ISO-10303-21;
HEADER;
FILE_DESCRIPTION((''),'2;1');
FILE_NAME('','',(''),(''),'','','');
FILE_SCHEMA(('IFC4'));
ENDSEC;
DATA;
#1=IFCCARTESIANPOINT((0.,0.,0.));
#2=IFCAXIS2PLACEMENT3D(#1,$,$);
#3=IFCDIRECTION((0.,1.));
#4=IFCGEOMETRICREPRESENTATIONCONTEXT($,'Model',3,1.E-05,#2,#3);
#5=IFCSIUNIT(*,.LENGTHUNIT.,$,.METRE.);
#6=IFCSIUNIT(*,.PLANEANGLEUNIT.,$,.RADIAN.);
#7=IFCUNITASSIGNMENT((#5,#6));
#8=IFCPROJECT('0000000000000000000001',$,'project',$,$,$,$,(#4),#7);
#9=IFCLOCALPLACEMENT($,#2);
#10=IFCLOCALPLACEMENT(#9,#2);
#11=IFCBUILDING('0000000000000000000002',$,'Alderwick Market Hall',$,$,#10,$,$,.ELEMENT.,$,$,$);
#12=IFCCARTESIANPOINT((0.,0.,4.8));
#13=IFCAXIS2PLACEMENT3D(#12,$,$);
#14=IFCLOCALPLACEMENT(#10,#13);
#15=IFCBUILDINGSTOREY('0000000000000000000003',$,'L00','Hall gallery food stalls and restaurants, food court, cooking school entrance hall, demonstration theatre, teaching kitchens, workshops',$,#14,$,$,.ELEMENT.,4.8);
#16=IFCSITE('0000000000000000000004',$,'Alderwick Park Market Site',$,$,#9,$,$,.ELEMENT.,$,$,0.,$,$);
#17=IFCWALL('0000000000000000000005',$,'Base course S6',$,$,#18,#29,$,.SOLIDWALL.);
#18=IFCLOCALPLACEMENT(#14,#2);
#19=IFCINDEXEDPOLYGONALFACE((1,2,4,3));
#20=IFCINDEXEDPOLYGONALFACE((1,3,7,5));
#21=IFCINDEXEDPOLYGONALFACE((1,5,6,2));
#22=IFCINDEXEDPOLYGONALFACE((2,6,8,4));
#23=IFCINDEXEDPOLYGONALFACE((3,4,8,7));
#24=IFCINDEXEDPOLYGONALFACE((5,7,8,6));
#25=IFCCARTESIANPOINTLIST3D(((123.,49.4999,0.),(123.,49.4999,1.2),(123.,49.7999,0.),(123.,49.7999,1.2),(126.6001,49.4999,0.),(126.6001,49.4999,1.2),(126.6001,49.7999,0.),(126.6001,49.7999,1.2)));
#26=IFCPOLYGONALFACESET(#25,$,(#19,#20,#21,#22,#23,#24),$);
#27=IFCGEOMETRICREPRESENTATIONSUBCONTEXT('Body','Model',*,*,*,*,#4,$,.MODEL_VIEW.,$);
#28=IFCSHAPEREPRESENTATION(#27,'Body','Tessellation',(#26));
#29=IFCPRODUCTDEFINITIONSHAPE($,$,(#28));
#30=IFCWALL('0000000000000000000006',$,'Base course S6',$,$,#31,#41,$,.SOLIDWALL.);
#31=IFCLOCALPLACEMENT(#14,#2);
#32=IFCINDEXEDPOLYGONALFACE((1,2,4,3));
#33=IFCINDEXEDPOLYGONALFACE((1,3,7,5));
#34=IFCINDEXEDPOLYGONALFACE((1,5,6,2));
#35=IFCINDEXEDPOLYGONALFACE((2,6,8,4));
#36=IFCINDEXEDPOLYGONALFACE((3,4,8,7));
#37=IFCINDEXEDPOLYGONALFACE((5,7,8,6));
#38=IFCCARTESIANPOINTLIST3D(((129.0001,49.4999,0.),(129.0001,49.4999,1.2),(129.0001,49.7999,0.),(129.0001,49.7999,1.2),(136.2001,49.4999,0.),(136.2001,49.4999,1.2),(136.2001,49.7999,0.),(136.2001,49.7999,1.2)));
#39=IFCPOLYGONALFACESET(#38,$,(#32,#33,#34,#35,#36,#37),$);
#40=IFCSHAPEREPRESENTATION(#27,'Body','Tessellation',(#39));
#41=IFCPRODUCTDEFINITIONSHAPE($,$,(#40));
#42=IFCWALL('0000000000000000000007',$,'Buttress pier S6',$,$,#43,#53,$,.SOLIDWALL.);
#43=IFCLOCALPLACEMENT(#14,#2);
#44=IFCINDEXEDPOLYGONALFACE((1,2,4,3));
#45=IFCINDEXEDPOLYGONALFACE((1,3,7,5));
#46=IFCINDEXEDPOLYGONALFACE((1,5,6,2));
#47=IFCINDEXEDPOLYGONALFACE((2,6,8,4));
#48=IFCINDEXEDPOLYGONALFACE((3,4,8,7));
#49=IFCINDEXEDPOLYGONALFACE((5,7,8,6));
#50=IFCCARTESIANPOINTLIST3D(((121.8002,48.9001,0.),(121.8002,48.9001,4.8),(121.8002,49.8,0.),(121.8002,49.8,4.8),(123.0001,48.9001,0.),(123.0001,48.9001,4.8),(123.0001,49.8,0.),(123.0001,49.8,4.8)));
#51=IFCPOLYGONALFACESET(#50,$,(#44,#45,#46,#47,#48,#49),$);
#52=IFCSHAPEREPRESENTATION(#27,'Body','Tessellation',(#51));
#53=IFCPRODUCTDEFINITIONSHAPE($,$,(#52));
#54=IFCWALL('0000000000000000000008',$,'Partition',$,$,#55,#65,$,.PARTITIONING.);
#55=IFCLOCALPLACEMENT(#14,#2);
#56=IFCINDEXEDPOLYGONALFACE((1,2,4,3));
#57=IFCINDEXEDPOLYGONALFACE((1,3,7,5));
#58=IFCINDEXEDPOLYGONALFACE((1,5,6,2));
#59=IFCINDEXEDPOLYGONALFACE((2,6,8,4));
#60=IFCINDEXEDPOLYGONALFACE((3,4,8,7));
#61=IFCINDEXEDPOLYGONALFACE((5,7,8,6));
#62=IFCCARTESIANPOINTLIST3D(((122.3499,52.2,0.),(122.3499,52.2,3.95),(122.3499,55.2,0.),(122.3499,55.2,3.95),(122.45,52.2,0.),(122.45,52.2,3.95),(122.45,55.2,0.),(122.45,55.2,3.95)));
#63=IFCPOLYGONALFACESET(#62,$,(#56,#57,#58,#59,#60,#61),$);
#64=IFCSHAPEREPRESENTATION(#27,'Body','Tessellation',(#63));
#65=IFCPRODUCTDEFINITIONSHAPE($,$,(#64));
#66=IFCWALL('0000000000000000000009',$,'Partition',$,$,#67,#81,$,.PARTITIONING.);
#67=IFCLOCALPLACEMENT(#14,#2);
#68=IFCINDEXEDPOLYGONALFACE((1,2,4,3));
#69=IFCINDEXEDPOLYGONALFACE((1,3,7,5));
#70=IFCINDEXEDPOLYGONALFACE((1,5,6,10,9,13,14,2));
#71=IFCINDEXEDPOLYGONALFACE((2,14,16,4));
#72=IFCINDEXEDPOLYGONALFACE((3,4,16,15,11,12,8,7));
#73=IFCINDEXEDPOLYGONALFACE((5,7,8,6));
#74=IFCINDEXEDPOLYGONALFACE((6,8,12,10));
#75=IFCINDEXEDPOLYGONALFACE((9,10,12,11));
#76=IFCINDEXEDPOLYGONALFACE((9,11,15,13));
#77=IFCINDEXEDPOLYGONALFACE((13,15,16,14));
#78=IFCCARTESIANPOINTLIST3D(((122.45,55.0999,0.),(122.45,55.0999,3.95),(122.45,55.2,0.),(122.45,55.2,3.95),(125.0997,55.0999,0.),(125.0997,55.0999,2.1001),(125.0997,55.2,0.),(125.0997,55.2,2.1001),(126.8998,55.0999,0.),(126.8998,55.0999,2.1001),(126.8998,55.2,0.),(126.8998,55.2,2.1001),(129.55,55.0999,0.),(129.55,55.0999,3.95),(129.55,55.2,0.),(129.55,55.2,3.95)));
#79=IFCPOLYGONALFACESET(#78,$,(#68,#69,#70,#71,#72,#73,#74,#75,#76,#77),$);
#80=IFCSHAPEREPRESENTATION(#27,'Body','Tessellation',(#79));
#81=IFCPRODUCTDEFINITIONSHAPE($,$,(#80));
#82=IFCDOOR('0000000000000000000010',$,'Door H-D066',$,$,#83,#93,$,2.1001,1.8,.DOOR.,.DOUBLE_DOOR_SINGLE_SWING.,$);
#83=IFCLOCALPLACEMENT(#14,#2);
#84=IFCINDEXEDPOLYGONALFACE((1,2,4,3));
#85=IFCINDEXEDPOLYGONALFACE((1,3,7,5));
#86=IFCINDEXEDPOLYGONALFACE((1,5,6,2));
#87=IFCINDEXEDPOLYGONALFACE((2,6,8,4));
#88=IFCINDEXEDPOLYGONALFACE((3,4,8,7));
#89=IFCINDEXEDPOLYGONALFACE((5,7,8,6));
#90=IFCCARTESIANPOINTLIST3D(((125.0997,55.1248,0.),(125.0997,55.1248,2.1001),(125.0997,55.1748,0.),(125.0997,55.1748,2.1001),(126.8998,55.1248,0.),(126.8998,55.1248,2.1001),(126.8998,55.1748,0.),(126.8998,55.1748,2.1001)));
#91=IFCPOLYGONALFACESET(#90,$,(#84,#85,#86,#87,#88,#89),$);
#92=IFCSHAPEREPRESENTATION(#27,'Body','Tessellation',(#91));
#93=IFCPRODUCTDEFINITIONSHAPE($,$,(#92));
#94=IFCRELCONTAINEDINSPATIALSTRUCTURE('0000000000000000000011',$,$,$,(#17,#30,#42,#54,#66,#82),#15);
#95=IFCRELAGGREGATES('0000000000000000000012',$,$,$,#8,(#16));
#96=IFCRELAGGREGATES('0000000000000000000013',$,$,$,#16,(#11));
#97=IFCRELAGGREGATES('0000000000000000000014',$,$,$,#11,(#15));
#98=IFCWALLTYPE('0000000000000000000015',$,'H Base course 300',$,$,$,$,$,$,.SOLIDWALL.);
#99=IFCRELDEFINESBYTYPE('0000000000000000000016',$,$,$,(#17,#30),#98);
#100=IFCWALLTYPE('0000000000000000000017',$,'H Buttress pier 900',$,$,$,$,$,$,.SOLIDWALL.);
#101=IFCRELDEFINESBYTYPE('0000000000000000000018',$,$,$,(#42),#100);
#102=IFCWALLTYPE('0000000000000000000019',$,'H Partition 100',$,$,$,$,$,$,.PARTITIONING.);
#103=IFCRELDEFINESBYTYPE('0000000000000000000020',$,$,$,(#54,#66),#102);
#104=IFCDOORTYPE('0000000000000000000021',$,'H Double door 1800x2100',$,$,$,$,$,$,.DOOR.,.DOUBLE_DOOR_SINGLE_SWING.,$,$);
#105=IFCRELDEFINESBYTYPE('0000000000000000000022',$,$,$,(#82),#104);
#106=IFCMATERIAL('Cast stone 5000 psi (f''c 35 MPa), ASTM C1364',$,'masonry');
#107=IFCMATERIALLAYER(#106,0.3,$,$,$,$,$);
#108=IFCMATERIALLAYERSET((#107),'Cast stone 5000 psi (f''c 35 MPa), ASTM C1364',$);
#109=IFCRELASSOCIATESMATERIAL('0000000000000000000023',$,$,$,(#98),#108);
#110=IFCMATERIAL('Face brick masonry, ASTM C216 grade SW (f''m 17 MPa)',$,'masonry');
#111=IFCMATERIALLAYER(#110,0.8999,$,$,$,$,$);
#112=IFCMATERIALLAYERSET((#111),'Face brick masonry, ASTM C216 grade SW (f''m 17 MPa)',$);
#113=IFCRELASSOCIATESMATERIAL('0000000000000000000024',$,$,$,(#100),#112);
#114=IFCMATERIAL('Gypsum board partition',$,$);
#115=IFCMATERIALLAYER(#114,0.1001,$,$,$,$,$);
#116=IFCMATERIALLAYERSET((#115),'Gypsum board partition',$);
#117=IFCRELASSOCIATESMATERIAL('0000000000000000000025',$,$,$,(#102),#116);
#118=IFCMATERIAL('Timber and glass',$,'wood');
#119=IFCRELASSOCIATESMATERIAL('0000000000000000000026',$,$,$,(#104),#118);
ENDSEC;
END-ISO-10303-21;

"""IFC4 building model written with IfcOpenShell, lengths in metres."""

from ifc_helpers import new_model, si_unit, direction, frame, frame_2d, origin, place, context, subcontext, project, spatial, rectangle, extrude, material, layer, layer_set, type_object, element, fill, save


model = new_model("IFC4")

# Units and contexts
model_context = context("Model", 3, precision=1e-05, world=origin(), true_north=direction((0.0, 1.0)))
body_context = subcontext(model_context, "Body", "Model", "MODEL_VIEW")
ifc_project = project(units=[si_unit("LENGTHUNIT", "METRE"), si_unit("PLANEANGLEUNIT", "RADIAN")], contexts=[model_context])

# Site, building, storey
site_placement = place(None, origin())
site = spatial("IfcSite", under=ifc_project, at=site_placement, Name="Alderwick Park Market Site", CompositionType="ELEMENT", RefElevation=0.0)
building_placement = place(site_placement, origin())
building = spatial("IfcBuilding", under=site, at=building_placement, Name="Alderwick Market Hall", CompositionType="ELEMENT")
storey_placement = place(building_placement, frame((0.0, 0.0, 4.8)))
storey = spatial("IfcBuildingStorey", under=building, at=storey_placement, Name="L00", Description="Hall gallery food stalls and restaurants, food court, cooking school entrance hall, demonstration theatre, teaching kitchens, workshops", CompositionType="ELEMENT", Elevation=4.8)

# Walls
ifc_material_1 = material(Name="Cast stone 5000 psi (f'c 35 MPa), ASTM C1364", Category="masonry")
ifc_layer_1 = layer(ifc_material_1, 0.3)
ifc_layer_set_1 = layer_set([ifc_layer_1], Name="Cast stone 5000 psi (f'c 35 MPa), ASTM C1364")
wall_type_1 = type_object("IfcWallType", Name="H Base course 300", PredefinedType="SOLIDWALL", material=ifc_layer_set_1)
wall_1_placement = place(storey_placement, frame((123.0, 49.6499, 0.0), z_axis=(0.0, 0.0, 1.0), x_axis=(1.0, 0.0, 0.0)))
element("IfcWall", 1, at=wall_1_placement, inside=storey, type_object=wall_type_1, Name="Base course S6", PredefinedType="SOLIDWALL", context=body_context, shape_type="SweptSolid", body=[
    extrude(rectangle(XDim=3.6001, YDim=0.3, at=frame_2d((1.8, 0.0))), origin(), (0.0, 0.0, 1.0), 1.2),
])
wall_2_placement = place(storey_placement, frame((129.0, 49.6499, 0.0), z_axis=(0.0, 0.0, 1.0), x_axis=(1.0, 0.0, 0.0)))
element("IfcWall", 2, at=wall_2_placement, inside=storey, type_object=wall_type_1, Name="Base course S6", PredefinedType="SOLIDWALL", context=body_context, shape_type="SweptSolid", body=[
    extrude(rectangle(XDim=7.2, YDim=0.3, at=frame_2d((3.6001, 0.0))), origin(), (0.0, 0.0, 1.0), 1.2),
])
ifc_material_2 = material(Name="Face brick masonry, ASTM C216 grade SW (f'm 17 MPa)", Category="masonry")
ifc_layer_2 = layer(ifc_material_2, 0.8999)
ifc_layer_set_2 = layer_set([ifc_layer_2], Name="Face brick masonry, ASTM C216 grade SW (f'm 17 MPa)")
wall_type_2 = type_object("IfcWallType", Name="H Buttress pier 900", PredefinedType="SOLIDWALL", material=ifc_layer_set_2)
wall_3_placement = place(storey_placement, frame((121.8, 49.3501, 0.0), z_axis=(0.0, 0.0, 1.0), x_axis=(1.0, 0.0, 0.0)))
element("IfcWall", 3, at=wall_3_placement, inside=storey, type_object=wall_type_2, Name="Buttress pier S6", PredefinedType="SOLIDWALL", context=body_context, shape_type="SweptSolid", body=[
    extrude(rectangle(XDim=1.2, YDim=0.8999, at=frame_2d((0.6001, 0.0))), origin(), (0.0, 0.0, 1.0), 4.8),
])

# Wall
ifc_material_3 = material(Name="Gypsum board partition")
ifc_layer_3 = layer(ifc_material_3, 0.1001)
ifc_layer_set_3 = layer_set([ifc_layer_3], Name="Gypsum board partition")
wall_type_3 = type_object("IfcWallType", Name="H Partition 100", PredefinedType="PARTITIONING", material=ifc_layer_set_3)
wall_4_placement = place(storey_placement, frame((122.3999, 52.2, 0.0), z_axis=(0.0, 0.0, 1.0), x_axis=(0.0, 1.0, 0.0)))
element("IfcWall", 4, at=wall_4_placement, inside=storey, type_object=wall_type_3, Name="Partition", PredefinedType="PARTITIONING", context=body_context, shape_type="SweptSolid", body=[
    extrude(rectangle(XDim=3.0, YDim=0.1001, at=frame_2d((1.5, 0.0))), origin(), (0.0, 0.0, 1.0), 3.95),
])

# Wall, opening, door
wall_5_placement = place(storey_placement, frame((122.45, 55.1499, 0.0), z_axis=(0.0, 0.0, 1.0), x_axis=(1.0, 0.0, 0.0)))
wall_5 = element("IfcWall", 5, at=wall_5_placement, inside=storey, type_object=wall_type_3, Name="Partition", PredefinedType="PARTITIONING", context=body_context, shape_type="SweptSolid", body=[
    extrude(rectangle(XDim=7.1001, YDim=0.1001, at=frame_2d((3.55, 0.0))), origin(), (0.0, 0.0, 1.0), 3.95),
])
opening_1_placement = place(wall_5_placement, frame((2.6499, 0.0, 0.0)))
opening_1 = element("IfcOpeningElement", 6, at=opening_1_placement, cuts=wall_5, PredefinedType="OPENING", context=body_context, shape_type="SweptSolid", body=[
    extrude(rectangle(XDim=1.8, YDim=2.1001, at=frame_2d((0.8999, 1.05))), frame((0.0, 0.0601, 0.0), z_axis=(0.0, -1.0, 0.0), x_axis=(1.0, 0.0, 0.0)), (0.0, 0.0, 1.0), 0.1201),
])
ifc_material_4 = material(Name="Timber and glass", Category="wood")
door_type_1 = type_object("IfcDoorType", Name="H Double door 1800x2100", OperationType="DOUBLE_DOOR_SINGLE_SWING", PredefinedType="DOOR", material=ifc_material_4)
door_1_placement = place(opening_1_placement, origin())
door_1 = element("IfcDoor", 7, at=door_1_placement, inside=storey, type_object=door_type_1, Name="Door H-D066", OperationType="DOUBLE_DOOR_SINGLE_SWING", OverallHeight=2.1001, OverallWidth=1.8, PredefinedType="DOOR", context=body_context, shape_type="SweptSolid", body=[
    extrude(rectangle(XDim=1.8, YDim=2.1001, at=frame_2d((0.8999, 1.05))), frame((0.0, 0.0249, 0.0), z_axis=(0.0, -1.0, 0.0), x_axis=(1.0, 0.0, 0.0)), (0.0, 0.0, 1.0), 0.05),
])
fill(opening_1, door_1)

save(model, "model.ifc")
